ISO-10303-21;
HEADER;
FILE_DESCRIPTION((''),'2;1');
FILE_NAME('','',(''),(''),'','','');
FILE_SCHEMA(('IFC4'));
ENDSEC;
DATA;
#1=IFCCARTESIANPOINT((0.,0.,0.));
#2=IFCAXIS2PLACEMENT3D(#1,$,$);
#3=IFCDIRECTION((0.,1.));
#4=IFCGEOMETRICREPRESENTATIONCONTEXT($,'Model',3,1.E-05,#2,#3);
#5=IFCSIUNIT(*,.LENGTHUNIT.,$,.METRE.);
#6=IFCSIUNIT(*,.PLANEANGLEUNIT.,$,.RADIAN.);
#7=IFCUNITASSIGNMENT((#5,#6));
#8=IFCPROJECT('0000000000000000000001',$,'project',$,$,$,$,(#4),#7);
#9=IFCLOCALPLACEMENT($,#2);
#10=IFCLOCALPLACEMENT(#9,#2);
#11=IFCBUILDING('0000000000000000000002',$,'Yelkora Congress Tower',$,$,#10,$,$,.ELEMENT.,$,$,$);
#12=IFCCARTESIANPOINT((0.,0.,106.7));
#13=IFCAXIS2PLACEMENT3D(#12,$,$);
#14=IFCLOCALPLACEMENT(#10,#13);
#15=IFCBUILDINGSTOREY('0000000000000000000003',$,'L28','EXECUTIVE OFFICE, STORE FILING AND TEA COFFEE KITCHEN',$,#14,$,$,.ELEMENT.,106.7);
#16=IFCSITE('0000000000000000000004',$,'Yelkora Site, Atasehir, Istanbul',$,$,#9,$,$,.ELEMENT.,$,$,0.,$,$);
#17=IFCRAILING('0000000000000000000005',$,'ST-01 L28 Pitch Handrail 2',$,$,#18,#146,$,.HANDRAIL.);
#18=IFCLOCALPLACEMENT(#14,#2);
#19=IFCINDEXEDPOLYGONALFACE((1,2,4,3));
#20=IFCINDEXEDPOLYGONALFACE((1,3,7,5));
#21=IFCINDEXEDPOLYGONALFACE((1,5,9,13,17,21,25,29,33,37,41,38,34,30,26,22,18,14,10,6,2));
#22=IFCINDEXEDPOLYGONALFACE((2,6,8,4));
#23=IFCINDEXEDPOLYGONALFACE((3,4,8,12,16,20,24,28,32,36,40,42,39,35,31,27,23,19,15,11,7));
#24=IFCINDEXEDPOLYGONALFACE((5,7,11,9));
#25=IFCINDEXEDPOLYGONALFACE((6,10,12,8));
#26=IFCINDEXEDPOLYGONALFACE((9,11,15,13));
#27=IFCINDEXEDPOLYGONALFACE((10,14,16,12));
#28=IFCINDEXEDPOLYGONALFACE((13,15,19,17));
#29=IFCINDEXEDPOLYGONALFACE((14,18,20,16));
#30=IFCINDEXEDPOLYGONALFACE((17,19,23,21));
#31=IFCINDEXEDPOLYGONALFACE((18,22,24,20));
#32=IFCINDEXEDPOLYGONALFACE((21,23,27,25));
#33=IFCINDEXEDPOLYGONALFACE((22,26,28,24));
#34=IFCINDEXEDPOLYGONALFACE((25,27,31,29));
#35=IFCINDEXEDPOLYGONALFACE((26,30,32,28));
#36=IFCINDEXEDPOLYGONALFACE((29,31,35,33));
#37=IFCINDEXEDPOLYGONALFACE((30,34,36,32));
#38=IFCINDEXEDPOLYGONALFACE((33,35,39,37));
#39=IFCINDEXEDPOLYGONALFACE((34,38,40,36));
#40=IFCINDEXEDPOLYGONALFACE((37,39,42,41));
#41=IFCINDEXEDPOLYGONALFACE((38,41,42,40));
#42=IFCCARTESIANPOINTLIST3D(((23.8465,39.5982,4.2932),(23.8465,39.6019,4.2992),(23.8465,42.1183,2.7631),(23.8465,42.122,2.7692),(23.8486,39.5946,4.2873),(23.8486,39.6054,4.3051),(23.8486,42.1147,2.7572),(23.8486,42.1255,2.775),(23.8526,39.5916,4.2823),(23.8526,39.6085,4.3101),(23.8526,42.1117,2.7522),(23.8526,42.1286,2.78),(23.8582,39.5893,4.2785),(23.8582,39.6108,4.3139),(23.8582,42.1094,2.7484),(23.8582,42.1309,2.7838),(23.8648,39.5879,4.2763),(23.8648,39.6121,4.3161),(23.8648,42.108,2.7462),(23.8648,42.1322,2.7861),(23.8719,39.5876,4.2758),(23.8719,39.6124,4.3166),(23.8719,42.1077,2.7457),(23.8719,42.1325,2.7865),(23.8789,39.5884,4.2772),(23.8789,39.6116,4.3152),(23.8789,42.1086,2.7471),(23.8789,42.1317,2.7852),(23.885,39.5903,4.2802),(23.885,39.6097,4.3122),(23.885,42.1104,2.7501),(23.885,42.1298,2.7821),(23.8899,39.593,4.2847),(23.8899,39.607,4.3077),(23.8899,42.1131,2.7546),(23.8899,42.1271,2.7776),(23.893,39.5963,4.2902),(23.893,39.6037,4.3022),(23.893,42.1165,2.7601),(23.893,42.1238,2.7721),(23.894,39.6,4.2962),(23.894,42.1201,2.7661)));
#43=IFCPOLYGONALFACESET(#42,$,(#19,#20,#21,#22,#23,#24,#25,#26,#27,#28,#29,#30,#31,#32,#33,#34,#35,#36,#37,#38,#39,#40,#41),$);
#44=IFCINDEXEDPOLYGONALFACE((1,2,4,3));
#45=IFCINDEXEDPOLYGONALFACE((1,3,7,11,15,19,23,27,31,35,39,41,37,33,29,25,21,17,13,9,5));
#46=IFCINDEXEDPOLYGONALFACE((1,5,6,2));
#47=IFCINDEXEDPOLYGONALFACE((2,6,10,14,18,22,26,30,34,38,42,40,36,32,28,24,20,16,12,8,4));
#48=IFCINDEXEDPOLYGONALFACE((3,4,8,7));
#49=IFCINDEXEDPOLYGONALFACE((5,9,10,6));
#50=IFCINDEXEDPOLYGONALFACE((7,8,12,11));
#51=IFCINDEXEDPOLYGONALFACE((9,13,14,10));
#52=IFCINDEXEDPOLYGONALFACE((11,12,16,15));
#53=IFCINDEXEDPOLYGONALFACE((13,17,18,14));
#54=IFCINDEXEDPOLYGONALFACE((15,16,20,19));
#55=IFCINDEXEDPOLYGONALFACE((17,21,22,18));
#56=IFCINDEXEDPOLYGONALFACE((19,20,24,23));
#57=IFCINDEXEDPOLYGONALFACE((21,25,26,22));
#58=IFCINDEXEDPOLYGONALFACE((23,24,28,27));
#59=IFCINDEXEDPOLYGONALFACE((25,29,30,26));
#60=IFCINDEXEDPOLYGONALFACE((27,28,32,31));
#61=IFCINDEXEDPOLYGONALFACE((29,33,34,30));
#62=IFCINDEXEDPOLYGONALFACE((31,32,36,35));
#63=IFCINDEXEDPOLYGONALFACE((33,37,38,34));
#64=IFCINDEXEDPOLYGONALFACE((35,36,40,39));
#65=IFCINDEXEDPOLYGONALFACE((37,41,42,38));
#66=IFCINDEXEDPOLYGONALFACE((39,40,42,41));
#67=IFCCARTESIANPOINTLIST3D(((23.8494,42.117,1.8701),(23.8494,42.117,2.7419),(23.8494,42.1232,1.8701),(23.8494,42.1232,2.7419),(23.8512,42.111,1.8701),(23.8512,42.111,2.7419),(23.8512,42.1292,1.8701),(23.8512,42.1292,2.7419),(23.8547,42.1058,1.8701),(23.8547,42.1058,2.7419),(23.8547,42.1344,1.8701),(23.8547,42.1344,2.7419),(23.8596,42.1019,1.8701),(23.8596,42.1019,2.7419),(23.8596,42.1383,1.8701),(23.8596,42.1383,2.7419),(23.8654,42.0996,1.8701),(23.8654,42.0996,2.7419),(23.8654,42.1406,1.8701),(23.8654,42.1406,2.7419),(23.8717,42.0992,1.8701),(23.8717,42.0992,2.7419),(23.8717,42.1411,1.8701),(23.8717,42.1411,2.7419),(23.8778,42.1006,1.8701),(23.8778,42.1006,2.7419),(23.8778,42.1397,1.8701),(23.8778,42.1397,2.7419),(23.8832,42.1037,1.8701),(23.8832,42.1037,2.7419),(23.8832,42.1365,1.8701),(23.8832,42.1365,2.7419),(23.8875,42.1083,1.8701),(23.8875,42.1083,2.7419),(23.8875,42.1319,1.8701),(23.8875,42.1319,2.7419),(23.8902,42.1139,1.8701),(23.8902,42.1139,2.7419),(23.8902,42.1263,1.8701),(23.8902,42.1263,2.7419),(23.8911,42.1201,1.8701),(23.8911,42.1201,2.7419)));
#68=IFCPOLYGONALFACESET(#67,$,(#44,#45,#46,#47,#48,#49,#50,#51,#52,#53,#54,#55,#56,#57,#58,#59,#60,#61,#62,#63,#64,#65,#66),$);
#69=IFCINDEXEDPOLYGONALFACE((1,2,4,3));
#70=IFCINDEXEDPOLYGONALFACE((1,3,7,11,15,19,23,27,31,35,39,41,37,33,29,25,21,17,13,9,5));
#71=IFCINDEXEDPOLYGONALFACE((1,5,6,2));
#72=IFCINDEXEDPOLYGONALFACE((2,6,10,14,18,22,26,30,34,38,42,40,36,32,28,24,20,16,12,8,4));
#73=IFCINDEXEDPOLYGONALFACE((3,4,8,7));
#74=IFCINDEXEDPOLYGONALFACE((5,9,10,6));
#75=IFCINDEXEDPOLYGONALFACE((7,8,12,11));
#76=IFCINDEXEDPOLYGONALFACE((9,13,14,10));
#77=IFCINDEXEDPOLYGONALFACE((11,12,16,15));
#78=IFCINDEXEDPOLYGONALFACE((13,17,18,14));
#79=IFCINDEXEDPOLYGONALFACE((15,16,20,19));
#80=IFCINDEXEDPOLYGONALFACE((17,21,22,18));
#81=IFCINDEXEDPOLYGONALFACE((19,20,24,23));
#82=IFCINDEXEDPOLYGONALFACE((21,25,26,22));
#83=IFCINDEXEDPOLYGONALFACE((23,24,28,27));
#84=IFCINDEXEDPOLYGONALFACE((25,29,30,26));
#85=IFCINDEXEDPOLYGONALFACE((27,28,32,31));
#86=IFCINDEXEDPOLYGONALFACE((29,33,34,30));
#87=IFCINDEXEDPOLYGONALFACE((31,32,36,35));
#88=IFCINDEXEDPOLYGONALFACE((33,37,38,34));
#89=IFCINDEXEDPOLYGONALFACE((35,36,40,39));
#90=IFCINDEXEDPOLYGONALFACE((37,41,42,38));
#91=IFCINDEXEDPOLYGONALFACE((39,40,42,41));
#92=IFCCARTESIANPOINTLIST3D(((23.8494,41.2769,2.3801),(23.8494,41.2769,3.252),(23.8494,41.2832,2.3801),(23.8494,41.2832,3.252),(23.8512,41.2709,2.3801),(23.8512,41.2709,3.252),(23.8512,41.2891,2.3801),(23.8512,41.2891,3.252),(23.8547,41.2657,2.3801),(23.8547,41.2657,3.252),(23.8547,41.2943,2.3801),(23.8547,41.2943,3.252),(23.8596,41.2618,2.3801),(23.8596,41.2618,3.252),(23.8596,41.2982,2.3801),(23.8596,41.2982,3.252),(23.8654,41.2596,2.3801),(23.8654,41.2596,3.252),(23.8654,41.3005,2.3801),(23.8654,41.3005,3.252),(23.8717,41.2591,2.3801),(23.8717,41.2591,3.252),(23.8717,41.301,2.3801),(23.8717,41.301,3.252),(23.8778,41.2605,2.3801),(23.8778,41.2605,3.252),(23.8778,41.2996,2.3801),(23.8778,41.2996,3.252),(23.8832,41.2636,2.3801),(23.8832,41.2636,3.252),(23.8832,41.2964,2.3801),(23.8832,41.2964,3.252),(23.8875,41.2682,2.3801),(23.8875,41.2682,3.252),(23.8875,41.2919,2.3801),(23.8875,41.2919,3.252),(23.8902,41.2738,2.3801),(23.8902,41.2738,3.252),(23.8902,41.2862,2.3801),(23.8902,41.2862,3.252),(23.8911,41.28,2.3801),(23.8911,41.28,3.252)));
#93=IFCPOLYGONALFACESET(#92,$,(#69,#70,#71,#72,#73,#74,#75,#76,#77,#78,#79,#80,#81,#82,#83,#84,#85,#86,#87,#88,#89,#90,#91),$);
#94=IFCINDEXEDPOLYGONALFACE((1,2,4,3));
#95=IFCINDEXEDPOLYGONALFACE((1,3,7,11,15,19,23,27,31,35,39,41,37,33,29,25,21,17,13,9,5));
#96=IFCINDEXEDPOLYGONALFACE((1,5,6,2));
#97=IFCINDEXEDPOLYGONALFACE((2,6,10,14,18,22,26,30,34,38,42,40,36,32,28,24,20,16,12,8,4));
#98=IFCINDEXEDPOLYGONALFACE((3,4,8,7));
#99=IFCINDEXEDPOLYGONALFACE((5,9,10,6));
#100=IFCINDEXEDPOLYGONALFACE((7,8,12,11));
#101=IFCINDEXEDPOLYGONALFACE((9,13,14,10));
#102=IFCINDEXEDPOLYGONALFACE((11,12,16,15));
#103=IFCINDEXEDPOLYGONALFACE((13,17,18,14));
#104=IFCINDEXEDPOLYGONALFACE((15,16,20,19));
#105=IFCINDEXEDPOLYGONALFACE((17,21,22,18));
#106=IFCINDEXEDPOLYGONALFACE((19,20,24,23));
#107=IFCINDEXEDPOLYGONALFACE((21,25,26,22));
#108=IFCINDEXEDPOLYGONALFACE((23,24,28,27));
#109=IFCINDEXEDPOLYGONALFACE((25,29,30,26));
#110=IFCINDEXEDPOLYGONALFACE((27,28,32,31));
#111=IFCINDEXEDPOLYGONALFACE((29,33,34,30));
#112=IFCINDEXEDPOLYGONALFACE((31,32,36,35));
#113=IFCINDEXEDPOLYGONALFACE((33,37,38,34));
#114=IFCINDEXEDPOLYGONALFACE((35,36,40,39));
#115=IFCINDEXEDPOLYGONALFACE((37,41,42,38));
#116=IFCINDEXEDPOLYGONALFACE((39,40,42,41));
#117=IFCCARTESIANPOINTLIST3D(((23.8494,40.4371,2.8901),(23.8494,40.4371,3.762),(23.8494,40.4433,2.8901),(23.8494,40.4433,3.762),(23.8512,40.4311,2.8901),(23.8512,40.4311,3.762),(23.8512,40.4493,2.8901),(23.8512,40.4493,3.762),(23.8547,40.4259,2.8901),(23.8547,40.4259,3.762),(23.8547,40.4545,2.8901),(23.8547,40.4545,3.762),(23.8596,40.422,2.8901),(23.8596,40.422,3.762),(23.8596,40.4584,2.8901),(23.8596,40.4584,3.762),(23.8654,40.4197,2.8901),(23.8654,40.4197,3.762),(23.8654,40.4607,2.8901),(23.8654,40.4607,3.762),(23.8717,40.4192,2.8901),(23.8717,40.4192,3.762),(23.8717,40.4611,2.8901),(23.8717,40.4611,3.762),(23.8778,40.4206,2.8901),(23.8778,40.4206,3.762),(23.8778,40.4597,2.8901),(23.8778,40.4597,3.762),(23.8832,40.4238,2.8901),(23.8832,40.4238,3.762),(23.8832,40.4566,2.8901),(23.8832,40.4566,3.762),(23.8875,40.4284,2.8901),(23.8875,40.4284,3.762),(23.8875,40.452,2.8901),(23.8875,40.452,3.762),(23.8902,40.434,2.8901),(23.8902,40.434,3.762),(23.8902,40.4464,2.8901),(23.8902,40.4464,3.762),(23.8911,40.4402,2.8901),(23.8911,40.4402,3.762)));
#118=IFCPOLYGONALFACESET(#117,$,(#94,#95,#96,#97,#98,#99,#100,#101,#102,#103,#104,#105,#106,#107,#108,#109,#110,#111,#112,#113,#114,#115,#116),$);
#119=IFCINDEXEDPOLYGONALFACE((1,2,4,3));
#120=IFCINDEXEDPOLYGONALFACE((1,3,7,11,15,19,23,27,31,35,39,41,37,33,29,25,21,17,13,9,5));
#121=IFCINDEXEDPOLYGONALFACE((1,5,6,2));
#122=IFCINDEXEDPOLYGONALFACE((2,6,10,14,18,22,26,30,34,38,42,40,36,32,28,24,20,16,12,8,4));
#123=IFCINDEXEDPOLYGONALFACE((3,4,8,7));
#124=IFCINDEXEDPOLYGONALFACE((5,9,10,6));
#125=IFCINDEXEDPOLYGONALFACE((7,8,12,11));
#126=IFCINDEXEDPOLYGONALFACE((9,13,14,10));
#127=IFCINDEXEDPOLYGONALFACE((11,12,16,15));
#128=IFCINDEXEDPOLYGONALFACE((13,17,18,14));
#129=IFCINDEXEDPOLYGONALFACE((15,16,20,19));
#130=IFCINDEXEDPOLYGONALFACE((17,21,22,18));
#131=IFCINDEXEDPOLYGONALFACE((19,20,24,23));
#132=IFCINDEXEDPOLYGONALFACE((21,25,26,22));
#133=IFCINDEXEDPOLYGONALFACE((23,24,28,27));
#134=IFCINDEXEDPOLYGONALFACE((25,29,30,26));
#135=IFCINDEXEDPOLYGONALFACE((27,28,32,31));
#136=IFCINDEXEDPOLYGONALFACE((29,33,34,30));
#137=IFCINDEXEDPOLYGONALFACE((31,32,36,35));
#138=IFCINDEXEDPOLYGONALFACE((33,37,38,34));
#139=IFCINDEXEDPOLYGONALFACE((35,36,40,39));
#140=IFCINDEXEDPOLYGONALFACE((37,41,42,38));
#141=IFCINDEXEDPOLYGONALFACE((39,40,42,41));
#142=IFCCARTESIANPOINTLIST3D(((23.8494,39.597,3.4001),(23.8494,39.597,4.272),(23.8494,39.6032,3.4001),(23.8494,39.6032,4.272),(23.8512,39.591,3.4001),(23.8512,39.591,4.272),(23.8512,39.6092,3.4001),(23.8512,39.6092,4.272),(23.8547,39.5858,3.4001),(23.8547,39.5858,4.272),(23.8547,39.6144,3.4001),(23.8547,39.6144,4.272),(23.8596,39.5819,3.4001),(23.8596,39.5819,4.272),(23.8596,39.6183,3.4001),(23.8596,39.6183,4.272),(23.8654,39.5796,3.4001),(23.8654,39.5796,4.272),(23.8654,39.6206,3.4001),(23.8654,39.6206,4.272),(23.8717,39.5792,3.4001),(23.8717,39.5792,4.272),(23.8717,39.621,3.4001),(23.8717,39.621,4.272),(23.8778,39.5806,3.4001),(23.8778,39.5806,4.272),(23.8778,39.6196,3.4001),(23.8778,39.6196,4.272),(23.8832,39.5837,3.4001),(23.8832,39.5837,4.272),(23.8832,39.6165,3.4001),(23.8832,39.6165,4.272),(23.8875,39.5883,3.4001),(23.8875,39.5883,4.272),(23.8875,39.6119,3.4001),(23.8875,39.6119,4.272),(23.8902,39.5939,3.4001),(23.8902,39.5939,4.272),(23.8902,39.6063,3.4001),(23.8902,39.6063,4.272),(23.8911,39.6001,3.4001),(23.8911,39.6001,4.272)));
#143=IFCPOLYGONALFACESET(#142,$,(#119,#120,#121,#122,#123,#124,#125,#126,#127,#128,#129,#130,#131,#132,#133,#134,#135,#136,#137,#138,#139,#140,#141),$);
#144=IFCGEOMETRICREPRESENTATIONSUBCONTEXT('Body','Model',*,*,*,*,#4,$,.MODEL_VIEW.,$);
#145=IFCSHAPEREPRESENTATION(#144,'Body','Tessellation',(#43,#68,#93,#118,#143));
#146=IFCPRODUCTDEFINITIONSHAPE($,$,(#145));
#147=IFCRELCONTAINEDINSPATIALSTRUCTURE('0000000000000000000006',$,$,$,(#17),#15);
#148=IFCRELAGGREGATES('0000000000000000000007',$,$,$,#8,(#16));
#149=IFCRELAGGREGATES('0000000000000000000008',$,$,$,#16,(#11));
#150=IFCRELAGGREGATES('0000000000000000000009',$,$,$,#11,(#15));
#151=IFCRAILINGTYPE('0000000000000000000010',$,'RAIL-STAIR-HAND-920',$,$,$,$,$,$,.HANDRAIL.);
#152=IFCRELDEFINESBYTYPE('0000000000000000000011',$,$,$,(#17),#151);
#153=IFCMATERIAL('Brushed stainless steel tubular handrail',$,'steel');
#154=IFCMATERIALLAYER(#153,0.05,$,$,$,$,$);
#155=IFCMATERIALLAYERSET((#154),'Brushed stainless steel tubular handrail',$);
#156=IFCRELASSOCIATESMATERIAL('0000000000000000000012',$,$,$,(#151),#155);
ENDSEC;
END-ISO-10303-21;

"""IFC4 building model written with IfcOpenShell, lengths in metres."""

from ifc_helpers import new_model, si_unit, direction, frame, origin, origin_2d, place, context, subcontext, project, spatial, circle, extrude, material, layer, layer_set, type_object, element, save


model = new_model("IFC4")

# Units and contexts
model_context = context("Model", 3, precision=1e-05, world=origin(), true_north=direction((0.0, 1.0)))
body_context = subcontext(model_context, "Body", "Model", "MODEL_VIEW")
ifc_project = project(units=[si_unit("LENGTHUNIT", "METRE"), si_unit("PLANEANGLEUNIT", "RADIAN")], contexts=[model_context])

# Site, building, storey
site_placement = place(None, origin())
site = spatial("IfcSite", under=ifc_project, at=site_placement, Name="Yelkora Site, Atasehir, Istanbul", CompositionType="ELEMENT", RefElevation=0.0)
building_placement = place(site_placement, origin())
building = spatial("IfcBuilding", under=site, at=building_placement, Name="Yelkora Congress Tower", CompositionType="ELEMENT")
storey_placement = place(building_placement, frame((0.0, 0.0, 106.7)))
storey = spatial("IfcBuildingStorey", under=building, at=storey_placement, Name="L28", Description="EXECUTIVE OFFICE, STORE FILING AND TEA COFFEE KITCHEN", CompositionType="ELEMENT", Elevation=106.7)

# Railing
ifc_material_1 = material(Name="Brushed stainless steel tubular handrail", Category="steel")
ifc_layer_1 = layer(ifc_material_1, 0.05)
ifc_layer_set_1 = layer_set([ifc_layer_1], Name="Brushed stainless steel tubular handrail")
railing_type_1 = type_object("IfcRailingType", Name="RAIL-STAIR-HAND-920", PredefinedType="HANDRAIL", material=ifc_layer_set_1)
railing_1_placement = place(storey_placement, frame((23.8701, 42.1201, 1.8701)))
element("IfcRailing", 1, at=railing_1_placement, inside=storey, type_object=railing_type_1, Name="ST-01 L28 Pitch Handrail 2", PredefinedType="HANDRAIL", context=body_context, shape_type="SweptSolid", body=[
    extrude(circle(Radius=0.0239, at=origin_2d()), frame((0.0, 0.0, 0.896), z_axis=(0.0, -0.854785, 0.518982), x_axis=(1.0, 0.0, 0.0)), (0.0, 0.0, 1.0), 2.9482),
    extrude(circle(Radius=0.021, at=origin_2d()), origin(), (0.0, 0.0, 1.0), 0.8718),
    extrude(circle(Radius=0.021, at=origin_2d()), frame((0.0, -0.8401, 0.51)), (0.0, 0.0, 1.0), 0.8718),
    extrude(circle(Radius=0.021, at=origin_2d()), frame((0.0, -1.6799, 1.02)), (0.0, 0.0, 1.0), 0.8718),
    extrude(circle(Radius=0.021, at=origin_2d()), frame((0.0, -2.52, 1.53)), (0.0, 0.0, 1.0), 0.8718),
])

save(model, "model.ifc")
